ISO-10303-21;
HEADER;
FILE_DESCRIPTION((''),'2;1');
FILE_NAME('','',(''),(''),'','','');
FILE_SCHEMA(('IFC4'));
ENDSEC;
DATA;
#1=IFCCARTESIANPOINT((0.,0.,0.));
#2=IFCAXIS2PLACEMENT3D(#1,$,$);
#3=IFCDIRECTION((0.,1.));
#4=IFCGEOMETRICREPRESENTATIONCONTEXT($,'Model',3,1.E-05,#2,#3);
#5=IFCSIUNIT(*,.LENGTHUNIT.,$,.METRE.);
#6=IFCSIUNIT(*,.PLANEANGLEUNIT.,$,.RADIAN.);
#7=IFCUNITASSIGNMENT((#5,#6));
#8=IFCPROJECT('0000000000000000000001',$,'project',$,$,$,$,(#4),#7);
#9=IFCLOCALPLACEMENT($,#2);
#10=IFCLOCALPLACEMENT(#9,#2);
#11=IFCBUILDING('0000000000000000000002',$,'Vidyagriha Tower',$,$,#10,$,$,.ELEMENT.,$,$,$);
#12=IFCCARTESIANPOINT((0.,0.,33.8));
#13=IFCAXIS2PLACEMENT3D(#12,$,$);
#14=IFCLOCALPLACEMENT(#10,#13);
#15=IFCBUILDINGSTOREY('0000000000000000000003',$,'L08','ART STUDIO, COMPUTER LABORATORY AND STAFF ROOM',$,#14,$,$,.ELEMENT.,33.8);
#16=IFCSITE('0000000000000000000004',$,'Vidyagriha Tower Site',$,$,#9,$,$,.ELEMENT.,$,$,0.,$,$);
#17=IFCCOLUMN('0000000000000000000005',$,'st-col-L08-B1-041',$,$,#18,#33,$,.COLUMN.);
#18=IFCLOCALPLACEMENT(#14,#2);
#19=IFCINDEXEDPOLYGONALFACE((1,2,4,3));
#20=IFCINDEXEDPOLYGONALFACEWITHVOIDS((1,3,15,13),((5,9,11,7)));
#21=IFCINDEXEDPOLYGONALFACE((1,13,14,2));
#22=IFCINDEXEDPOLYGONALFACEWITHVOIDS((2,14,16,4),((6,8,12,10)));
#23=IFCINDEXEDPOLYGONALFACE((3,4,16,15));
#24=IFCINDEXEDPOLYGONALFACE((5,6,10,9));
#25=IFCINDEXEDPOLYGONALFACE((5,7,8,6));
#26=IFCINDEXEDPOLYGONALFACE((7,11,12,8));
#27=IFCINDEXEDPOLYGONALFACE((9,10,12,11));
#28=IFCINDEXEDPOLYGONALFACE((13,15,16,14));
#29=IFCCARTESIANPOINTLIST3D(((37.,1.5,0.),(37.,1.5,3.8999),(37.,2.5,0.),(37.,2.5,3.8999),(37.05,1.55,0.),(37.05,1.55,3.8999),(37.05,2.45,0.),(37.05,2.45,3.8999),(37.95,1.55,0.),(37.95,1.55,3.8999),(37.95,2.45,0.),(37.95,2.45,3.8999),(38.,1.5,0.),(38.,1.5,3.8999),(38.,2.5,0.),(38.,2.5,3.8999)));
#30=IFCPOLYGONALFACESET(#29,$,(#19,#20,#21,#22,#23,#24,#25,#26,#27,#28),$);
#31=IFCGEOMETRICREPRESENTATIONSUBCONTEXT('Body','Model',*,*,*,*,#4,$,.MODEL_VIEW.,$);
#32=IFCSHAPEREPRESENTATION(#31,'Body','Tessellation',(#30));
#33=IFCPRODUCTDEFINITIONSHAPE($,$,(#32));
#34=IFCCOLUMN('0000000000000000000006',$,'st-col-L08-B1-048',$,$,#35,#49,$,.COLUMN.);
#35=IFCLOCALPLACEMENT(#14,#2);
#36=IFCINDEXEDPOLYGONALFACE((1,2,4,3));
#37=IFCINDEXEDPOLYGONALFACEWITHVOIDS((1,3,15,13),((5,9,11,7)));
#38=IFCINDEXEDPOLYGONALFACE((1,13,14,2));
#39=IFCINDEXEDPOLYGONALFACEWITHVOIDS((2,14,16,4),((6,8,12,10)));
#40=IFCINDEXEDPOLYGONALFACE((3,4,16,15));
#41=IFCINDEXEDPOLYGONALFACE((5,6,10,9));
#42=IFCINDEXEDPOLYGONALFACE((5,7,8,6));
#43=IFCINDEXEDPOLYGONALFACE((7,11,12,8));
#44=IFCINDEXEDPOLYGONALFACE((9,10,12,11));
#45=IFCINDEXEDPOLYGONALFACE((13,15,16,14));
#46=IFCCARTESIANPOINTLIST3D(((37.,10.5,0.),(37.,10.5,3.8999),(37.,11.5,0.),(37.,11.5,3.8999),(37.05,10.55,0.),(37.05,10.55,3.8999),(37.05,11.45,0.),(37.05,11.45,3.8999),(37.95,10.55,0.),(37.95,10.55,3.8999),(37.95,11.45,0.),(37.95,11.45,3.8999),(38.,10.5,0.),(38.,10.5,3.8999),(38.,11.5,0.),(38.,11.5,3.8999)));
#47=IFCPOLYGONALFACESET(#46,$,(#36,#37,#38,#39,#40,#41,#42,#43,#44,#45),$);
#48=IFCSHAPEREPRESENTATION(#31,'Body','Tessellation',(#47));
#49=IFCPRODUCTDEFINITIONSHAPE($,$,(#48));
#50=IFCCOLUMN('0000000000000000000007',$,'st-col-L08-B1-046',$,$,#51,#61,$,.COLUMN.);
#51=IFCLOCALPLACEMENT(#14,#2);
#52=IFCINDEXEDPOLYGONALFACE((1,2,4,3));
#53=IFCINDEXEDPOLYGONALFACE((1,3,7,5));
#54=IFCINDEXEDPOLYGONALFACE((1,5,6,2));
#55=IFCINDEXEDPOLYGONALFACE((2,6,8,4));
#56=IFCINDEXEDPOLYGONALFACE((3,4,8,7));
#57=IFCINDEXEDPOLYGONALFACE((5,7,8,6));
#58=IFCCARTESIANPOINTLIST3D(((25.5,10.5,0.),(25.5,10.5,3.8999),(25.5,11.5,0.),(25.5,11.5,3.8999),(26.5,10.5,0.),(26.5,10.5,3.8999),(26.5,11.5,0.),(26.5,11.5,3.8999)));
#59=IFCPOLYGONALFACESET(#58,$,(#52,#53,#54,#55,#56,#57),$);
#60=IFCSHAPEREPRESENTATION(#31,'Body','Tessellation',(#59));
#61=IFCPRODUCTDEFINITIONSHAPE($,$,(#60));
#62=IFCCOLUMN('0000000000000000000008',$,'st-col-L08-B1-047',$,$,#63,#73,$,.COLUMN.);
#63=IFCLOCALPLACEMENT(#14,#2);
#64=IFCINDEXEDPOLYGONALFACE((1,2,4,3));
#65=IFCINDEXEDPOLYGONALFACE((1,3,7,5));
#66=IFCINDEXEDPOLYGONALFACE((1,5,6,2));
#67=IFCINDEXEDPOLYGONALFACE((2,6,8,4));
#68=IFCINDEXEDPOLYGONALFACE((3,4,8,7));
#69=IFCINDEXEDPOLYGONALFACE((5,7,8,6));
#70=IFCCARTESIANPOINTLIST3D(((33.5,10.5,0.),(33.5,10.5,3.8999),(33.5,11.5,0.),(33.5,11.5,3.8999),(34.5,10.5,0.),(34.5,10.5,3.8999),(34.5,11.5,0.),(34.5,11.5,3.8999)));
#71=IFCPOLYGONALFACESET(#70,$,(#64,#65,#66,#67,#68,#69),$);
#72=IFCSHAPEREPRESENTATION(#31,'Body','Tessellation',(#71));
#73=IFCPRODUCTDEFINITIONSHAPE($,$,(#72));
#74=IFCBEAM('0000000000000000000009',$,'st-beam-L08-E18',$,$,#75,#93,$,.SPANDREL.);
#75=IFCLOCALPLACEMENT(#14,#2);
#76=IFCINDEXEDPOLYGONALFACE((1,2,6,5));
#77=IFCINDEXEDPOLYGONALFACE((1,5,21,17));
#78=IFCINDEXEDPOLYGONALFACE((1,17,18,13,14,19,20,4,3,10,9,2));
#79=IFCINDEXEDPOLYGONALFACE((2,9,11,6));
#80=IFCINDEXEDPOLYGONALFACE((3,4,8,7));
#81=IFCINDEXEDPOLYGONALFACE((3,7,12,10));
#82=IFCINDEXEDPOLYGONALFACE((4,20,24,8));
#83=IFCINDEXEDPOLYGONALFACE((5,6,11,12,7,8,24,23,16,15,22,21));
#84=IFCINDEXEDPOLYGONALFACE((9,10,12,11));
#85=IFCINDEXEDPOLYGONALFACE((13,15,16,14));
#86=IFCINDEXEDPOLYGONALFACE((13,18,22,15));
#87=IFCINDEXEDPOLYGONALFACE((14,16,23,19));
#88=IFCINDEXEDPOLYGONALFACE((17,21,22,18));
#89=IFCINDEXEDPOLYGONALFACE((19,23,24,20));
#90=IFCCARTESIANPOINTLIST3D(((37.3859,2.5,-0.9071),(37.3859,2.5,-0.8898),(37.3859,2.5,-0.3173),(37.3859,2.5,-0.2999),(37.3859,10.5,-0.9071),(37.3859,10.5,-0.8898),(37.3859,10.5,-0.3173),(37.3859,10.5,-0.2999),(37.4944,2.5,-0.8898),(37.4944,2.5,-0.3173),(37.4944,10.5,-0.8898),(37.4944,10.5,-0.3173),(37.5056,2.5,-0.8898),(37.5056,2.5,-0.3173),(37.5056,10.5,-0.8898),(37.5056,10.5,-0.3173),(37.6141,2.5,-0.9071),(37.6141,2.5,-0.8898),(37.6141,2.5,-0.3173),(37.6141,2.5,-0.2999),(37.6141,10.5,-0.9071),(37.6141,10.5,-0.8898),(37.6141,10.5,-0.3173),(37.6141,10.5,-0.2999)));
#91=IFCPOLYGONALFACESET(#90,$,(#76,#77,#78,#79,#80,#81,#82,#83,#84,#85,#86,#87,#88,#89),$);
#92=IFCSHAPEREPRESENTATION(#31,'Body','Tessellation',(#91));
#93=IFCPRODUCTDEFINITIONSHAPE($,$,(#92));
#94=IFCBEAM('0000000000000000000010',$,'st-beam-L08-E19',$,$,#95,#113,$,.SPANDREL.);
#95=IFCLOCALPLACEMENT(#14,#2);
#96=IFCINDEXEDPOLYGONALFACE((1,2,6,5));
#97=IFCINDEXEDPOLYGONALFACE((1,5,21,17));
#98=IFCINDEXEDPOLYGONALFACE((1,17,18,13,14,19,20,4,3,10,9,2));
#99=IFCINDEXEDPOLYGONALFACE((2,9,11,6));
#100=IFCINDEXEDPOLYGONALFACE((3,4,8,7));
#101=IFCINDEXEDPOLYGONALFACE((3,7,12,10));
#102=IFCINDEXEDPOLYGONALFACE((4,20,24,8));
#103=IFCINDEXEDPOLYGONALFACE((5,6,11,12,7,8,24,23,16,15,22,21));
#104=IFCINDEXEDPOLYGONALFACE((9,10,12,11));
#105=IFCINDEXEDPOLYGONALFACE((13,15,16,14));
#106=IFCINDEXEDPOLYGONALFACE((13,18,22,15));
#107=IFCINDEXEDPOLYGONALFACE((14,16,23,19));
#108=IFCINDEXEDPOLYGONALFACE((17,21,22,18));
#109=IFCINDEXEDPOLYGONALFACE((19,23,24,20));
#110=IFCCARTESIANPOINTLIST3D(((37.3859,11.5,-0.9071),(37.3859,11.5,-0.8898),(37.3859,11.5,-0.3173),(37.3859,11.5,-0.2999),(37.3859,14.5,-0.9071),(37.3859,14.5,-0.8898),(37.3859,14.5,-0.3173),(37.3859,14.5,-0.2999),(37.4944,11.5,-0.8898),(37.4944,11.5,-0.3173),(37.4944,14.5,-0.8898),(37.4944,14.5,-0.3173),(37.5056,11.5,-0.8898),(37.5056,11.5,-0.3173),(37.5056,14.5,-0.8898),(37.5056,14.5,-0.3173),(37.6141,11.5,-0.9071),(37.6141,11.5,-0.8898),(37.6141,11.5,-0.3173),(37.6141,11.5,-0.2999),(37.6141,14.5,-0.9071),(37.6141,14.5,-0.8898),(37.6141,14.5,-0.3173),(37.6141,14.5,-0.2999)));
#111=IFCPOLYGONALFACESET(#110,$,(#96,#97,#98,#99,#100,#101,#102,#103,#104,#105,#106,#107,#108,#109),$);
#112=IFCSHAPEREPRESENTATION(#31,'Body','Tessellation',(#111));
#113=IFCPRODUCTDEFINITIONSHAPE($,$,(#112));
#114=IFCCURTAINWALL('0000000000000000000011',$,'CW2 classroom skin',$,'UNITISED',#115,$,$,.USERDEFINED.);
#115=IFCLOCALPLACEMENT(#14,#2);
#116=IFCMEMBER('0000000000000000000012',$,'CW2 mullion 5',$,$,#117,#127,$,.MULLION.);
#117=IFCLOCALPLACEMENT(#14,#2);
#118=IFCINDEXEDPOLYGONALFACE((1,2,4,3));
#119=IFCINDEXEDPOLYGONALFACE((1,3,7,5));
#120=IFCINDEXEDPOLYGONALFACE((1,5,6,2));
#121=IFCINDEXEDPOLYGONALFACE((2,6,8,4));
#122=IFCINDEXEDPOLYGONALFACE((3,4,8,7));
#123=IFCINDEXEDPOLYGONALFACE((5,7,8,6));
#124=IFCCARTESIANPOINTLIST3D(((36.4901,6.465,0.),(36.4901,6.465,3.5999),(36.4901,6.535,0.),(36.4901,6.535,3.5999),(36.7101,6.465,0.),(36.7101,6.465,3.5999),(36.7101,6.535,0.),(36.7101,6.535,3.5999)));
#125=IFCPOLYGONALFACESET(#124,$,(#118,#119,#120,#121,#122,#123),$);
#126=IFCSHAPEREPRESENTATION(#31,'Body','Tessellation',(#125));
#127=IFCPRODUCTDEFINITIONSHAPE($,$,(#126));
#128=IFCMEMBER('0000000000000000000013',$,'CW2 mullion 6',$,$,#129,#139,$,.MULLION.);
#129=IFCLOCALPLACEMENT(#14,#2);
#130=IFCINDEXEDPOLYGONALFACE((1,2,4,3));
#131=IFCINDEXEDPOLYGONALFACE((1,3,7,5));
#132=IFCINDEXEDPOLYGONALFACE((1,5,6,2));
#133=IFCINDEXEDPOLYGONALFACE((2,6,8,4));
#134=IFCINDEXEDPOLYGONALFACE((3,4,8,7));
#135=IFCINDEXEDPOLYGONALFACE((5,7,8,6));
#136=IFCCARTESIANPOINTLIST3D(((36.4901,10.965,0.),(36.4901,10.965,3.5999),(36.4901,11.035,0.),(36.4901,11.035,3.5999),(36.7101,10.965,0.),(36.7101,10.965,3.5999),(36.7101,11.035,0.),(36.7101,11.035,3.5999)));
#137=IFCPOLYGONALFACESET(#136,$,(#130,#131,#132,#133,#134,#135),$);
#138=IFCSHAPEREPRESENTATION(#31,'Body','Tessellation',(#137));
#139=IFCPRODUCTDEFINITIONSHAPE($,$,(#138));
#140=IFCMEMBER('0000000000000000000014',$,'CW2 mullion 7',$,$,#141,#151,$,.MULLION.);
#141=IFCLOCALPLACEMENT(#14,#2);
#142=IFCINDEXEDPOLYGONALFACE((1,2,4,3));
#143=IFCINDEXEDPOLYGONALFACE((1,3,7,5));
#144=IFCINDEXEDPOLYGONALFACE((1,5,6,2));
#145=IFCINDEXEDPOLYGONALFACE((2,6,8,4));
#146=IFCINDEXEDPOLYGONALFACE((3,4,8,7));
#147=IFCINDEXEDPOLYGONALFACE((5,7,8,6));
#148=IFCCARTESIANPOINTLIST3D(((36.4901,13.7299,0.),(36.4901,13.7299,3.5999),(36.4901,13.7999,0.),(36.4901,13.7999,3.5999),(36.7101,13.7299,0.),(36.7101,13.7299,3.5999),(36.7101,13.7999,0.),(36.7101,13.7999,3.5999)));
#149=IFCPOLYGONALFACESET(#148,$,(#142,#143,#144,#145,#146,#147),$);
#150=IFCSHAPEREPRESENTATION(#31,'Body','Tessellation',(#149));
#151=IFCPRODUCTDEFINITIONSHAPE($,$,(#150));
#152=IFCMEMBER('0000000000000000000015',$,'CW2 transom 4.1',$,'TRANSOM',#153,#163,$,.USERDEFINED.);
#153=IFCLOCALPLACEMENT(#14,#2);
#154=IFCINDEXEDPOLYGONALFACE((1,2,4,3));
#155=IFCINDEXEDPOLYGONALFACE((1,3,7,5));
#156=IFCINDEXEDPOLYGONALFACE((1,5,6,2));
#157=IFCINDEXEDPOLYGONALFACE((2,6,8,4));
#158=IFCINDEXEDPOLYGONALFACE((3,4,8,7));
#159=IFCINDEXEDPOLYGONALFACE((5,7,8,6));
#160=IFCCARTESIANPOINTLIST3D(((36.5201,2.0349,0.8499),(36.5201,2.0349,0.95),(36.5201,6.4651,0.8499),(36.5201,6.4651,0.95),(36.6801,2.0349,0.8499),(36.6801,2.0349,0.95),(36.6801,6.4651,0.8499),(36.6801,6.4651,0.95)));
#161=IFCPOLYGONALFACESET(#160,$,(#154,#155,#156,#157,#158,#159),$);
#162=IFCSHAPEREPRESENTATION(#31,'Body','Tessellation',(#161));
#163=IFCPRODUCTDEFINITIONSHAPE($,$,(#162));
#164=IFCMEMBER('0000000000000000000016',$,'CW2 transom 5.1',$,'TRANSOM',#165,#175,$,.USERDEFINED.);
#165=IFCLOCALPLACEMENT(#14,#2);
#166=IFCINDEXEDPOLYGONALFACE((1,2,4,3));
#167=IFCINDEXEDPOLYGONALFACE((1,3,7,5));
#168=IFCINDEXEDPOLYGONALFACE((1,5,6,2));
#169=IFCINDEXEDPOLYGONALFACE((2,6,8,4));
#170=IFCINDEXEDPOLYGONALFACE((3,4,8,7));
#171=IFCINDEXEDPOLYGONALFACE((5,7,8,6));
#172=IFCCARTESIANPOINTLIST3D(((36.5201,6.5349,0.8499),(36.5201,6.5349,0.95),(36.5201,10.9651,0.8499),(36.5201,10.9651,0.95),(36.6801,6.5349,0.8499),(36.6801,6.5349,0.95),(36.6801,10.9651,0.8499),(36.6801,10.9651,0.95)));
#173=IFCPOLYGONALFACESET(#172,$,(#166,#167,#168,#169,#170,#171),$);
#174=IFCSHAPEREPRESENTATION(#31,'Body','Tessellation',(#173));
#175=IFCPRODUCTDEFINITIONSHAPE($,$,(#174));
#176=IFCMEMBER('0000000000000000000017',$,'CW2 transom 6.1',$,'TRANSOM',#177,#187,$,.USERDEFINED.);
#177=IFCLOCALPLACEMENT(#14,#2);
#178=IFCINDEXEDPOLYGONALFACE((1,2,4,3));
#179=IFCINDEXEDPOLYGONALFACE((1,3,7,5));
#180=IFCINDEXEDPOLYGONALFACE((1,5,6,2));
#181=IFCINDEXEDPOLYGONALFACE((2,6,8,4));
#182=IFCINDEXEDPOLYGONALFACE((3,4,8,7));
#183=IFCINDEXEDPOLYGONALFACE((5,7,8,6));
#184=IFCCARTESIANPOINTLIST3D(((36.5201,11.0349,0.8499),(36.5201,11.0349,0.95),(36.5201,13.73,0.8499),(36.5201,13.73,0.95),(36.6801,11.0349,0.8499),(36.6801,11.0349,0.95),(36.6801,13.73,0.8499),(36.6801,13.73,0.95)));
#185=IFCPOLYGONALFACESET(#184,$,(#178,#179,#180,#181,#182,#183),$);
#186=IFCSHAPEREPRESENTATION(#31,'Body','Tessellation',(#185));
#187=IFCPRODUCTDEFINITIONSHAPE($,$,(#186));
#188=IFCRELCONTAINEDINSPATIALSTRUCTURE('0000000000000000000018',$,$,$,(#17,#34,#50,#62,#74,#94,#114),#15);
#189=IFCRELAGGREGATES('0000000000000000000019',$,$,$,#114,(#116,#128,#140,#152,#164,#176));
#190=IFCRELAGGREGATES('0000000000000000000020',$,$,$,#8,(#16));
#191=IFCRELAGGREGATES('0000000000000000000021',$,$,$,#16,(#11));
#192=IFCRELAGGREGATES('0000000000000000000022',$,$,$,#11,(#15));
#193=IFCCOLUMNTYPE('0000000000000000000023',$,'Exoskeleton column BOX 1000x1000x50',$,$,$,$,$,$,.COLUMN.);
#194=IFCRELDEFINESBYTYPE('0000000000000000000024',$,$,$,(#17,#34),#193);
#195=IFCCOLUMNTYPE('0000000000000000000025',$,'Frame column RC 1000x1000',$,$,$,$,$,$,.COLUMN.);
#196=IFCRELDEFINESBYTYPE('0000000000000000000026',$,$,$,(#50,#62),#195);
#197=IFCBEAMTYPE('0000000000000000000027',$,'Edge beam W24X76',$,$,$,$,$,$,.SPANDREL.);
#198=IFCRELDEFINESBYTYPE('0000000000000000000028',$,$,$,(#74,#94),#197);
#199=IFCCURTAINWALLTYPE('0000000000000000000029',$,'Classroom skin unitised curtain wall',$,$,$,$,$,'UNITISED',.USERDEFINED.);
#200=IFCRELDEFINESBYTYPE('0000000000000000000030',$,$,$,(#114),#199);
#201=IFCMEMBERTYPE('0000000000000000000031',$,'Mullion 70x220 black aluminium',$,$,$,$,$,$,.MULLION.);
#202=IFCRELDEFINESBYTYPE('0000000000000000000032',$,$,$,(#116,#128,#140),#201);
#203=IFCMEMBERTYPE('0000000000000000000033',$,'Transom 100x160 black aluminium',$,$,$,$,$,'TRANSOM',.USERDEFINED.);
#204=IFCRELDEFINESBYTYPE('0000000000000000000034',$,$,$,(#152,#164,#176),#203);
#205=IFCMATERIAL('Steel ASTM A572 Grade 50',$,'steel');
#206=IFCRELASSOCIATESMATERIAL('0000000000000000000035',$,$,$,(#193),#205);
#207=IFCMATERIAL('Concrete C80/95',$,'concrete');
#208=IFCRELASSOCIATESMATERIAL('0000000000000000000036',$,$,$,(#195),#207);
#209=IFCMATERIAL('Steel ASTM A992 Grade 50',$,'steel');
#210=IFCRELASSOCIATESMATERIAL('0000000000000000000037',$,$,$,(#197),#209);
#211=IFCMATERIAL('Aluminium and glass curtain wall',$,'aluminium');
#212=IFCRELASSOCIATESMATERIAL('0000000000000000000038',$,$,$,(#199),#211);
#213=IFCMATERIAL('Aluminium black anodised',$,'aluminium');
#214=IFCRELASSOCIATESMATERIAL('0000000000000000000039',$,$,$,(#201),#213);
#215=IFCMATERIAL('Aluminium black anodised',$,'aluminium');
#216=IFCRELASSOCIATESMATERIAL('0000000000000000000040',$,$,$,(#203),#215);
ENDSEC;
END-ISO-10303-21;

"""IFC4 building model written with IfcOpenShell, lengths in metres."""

from ifc_helpers import new_model, si_unit, direction, frame, origin, origin_2d, place, context, subcontext, project, spatial, rectangle, hollow_rectangle, i_section, extrude, material, material_profile, profile_set, type_object, element, aggregate, save


model = new_model("IFC4")

# Units and contexts
model_context = context("Model", 3, precision=1e-05, world=origin(), true_north=direction((0.0, 1.0)))
body_context = subcontext(model_context, "Body", "Model", "MODEL_VIEW")
ifc_project = project(units=[si_unit("LENGTHUNIT", "METRE"), si_unit("PLANEANGLEUNIT", "RADIAN")], contexts=[model_context])

# Site, building, storey
site_placement = place(None, origin())
site = spatial("IfcSite", under=ifc_project, at=site_placement, Name="Vidyagriha Tower Site", CompositionType="ELEMENT", RefElevation=0.0)
building_placement = place(site_placement, origin())
building = spatial("IfcBuilding", under=site, at=building_placement, Name="Vidyagriha Tower", CompositionType="ELEMENT")
storey_placement = place(building_placement, frame((0.0, 0.0, 33.8)))
storey = spatial("IfcBuildingStorey", under=building, at=storey_placement, Name="L08", Description="ART STUDIO, COMPUTER LABORATORY AND STAFF ROOM", CompositionType="ELEMENT", Elevation=33.8)

# Columns
ifc_material_1 = material(Name="Steel ASTM A572 Grade 50", Category="steel")
ifc_material_profile_1 = material_profile(ifc_material_1, hollow_rectangle(XDim=1.0, YDim=1.0, WallThickness=0.05, at=origin_2d()), Name="BOX 1000x1000x50")
ifc_profile_set_1 = profile_set([ifc_material_profile_1], Name="Steel ASTM A572 Grade 50")
column_type_1 = type_object("IfcColumnType", Name="Exoskeleton column BOX 1000x1000x50", PredefinedType="COLUMN", material=ifc_profile_set_1)
for number, where, name in (
    (1, (37.5, 2.0, 0.0), "st-col-L08-B1-041"),
    (2, (37.5, 11.0, 0.0), "st-col-L08-B1-048"),
):
    element("IfcColumn", number, at=place(storey_placement, frame(where)), inside=storey, type_object=column_type_1, Name=name, PredefinedType="COLUMN", context=body_context, shape_type="SweptSolid", body=[
        extrude(hollow_rectangle(XDim=1.0, YDim=1.0, WallThickness=0.05, at=origin_2d()), origin(), (0.0, 0.0, 1.0), 3.8999),
    ])
ifc_material_2 = material(Name="Concrete C80/95", Category="concrete")
ifc_material_profile_2 = material_profile(ifc_material_2, rectangle(XDim=1.0, YDim=1.0, at=origin_2d()), Name="RC 1000x1000")
ifc_profile_set_2 = profile_set([ifc_material_profile_2], Name="Concrete C80/95")
column_type_2 = type_object("IfcColumnType", Name="Frame column RC 1000x1000", PredefinedType="COLUMN", material=ifc_profile_set_2)
for number, where, name in (
    (3, (26.0, 11.0, 0.0), "st-col-L08-B1-046"),
    (4, (34.0, 11.0, 0.0), "st-col-L08-B1-047"),
):
    element("IfcColumn", number, at=place(storey_placement, frame(where)), inside=storey, type_object=column_type_2, Name=name, PredefinedType="COLUMN", context=body_context, shape_type="SweptSolid", body=[
        extrude(rectangle(XDim=1.0, YDim=1.0, at=origin_2d()), origin(), (0.0, 0.0, 1.0), 3.8999),
    ])

# Beams
ifc_material_3 = material(Name="Steel ASTM A992 Grade 50", Category="steel")
ifc_material_profile_3 = material_profile(ifc_material_3, i_section(OverallWidth=0.2283, OverallDepth=0.6072, WebThickness=0.0112, FlangeThickness=0.0173, at=origin_2d()), Name="W24X76")
ifc_profile_set_3 = profile_set([ifc_material_profile_3], Name="Steel ASTM A992 Grade 50")
beam_type = type_object("IfcBeamType", Name="Edge beam W24X76", PredefinedType="SPANDREL", material=ifc_profile_set_3)
beam_1_placement = place(storey_placement, frame((37.5, 2.5, -0.6035), z_axis=(0.0, 1.0, 0.0), x_axis=(-1.0, 0.0, 0.0)))
element("IfcBeam", 5, at=beam_1_placement, inside=storey, type_object=beam_type, Name="st-beam-L08-E18", PredefinedType="SPANDREL", context=body_context, shape_type="SweptSolid", body=[
    extrude(i_section(OverallWidth=0.2283, OverallDepth=0.6072, WebThickness=0.0112, FlangeThickness=0.0173, at=origin_2d()), origin(), (0.0, 0.0, 1.0), 8.0),
])
beam_2_placement = place(storey_placement, frame((37.5, 11.5, -0.6035), z_axis=(0.0, 1.0, 0.0), x_axis=(-1.0, 0.0, 0.0)))
element("IfcBeam", 6, at=beam_2_placement, inside=storey, type_object=beam_type, Name="st-beam-L08-E19", PredefinedType="SPANDREL", context=body_context, shape_type="SweptSolid", body=[
    extrude(i_section(OverallWidth=0.2283, OverallDepth=0.6072, WebThickness=0.0112, FlangeThickness=0.0173, at=origin_2d()), origin(), (0.0, 0.0, 1.0), 3.0),
])

# Curtain wall, members
ifc_material_4 = material(Name="Aluminium and glass curtain wall", Category="aluminium")
curtain_wall_type = type_object("IfcCurtainWallType", Name="Classroom skin unitised curtain wall", ElementType="UNITISED", PredefinedType="USERDEFINED", material=ifc_material_4)
curtain_wall_placement = place(storey_placement, origin())
curtain_wall = element("IfcCurtainWall", 7, at=curtain_wall_placement, inside=storey, type_object=curtain_wall_type, Name="CW2 classroom skin", ObjectType="UNITISED", PredefinedType="USERDEFINED")
ifc_material_5 = material(Name="Aluminium black anodised", Category="aluminium")
ifc_material_profile_4 = material_profile(ifc_material_5, rectangle(XDim=0.22, YDim=0.0701, at=origin_2d()), Name="Mullion 70x220 black aluminium")
ifc_profile_set_4 = profile_set([ifc_material_profile_4], Name="Aluminium black anodised")
member_type_1 = type_object("IfcMemberType", Name="Mullion 70x220 black aluminium", PredefinedType="MULLION", material=ifc_profile_set_4)
member_1_placement = place(storey_placement, frame((36.6001, 6.5, 0.0), z_axis=(0.0, 0.0, 1.0), x_axis=(-1.0, 0.0, 0.0)))
member_1 = element("IfcMember", 8, at=member_1_placement, type_object=member_type_1, Name="CW2 mullion 5", PredefinedType="MULLION", context=body_context, shape_type="SweptSolid", body=[
    extrude(rectangle(XDim=0.22, YDim=0.0701, at=origin_2d()), origin(), (0.0, 0.0, 1.0), 3.5999),
])
member_2_placement = place(storey_placement, frame((36.6001, 11.0, 0.0), z_axis=(0.0, 0.0, 1.0), x_axis=(-1.0, 0.0, 0.0)))
member_2 = element("IfcMember", 9, at=member_2_placement, type_object=member_type_1, Name="CW2 mullion 6", PredefinedType="MULLION", context=body_context, shape_type="SweptSolid", body=[
    extrude(rectangle(XDim=0.22, YDim=0.0701, at=origin_2d()), origin(), (0.0, 0.0, 1.0), 3.5999),
])
member_3_placement = place(storey_placement, frame((36.6001, 13.7649, 0.0), z_axis=(0.0, 0.0, 1.0), x_axis=(-1.0, 0.0, 0.0)))
member_3 = element("IfcMember", 10, at=member_3_placement, type_object=member_type_1, Name="CW2 mullion 7", PredefinedType="MULLION", context=body_context, shape_type="SweptSolid", body=[
    extrude(rectangle(XDim=0.22, YDim=0.0701, at=origin_2d()), origin(), (0.0, 0.0, 1.0), 3.5999),
])
ifc_material_6 = material(Name="Aluminium black anodised", Category="aluminium")
ifc_material_profile_5 = material_profile(ifc_material_6, rectangle(XDim=0.1599, YDim=0.1001, at=origin_2d()), Name="Transom 100x160 black aluminium")
ifc_profile_set_5 = profile_set([ifc_material_profile_5], Name="Aluminium black anodised")
member_type_2 = type_object("IfcMemberType", Name="Transom 100x160 black aluminium", ElementType="TRANSOM", PredefinedType="USERDEFINED", material=ifc_profile_set_5)
member_4_placement = place(storey_placement, frame((36.6001, 2.0349, 0.8999), z_axis=(0.0, 1.0, 0.0), x_axis=(-1.0, 0.0, 0.0)))
member_4 = element("IfcMember", 11, at=member_4_placement, type_object=member_type_2, Name="CW2 transom 4.1", ObjectType="TRANSOM", PredefinedType="USERDEFINED", context=body_context, shape_type="SweptSolid", body=[
    extrude(rectangle(XDim=0.1599, YDim=0.1001, at=origin_2d()), origin(), (0.0, 0.0, 1.0), 4.4302),
])
member_5_placement = place(storey_placement, frame((36.6001, 6.5349, 0.8999), z_axis=(0.0, 1.0, 0.0), x_axis=(-1.0, 0.0, 0.0)))
member_5 = element("IfcMember", 12, at=member_5_placement, type_object=member_type_2, Name="CW2 transom 5.1", ObjectType="TRANSOM", PredefinedType="USERDEFINED", context=body_context, shape_type="SweptSolid", body=[
    extrude(rectangle(XDim=0.1599, YDim=0.1001, at=origin_2d()), origin(), (0.0, 0.0, 1.0), 4.4302),
])
member_6_placement = place(storey_placement, frame((36.6001, 11.0349, 0.8999), z_axis=(0.0, 1.0, 0.0), x_axis=(-1.0, 0.0, 0.0)))
member_6 = element("IfcMember", 13, at=member_6_placement, type_object=member_type_2, Name="CW2 transom 6.1", ObjectType="TRANSOM", PredefinedType="USERDEFINED", context=body_context, shape_type="SweptSolid", body=[
    extrude(rectangle(XDim=0.1599, YDim=0.1001, at=origin_2d()), origin(), (0.0, 0.0, 1.0), 2.6951),
])
aggregate(curtain_wall, [member_1, member_2, member_3, member_4, member_5, member_6])

save(model, "model.ifc")
